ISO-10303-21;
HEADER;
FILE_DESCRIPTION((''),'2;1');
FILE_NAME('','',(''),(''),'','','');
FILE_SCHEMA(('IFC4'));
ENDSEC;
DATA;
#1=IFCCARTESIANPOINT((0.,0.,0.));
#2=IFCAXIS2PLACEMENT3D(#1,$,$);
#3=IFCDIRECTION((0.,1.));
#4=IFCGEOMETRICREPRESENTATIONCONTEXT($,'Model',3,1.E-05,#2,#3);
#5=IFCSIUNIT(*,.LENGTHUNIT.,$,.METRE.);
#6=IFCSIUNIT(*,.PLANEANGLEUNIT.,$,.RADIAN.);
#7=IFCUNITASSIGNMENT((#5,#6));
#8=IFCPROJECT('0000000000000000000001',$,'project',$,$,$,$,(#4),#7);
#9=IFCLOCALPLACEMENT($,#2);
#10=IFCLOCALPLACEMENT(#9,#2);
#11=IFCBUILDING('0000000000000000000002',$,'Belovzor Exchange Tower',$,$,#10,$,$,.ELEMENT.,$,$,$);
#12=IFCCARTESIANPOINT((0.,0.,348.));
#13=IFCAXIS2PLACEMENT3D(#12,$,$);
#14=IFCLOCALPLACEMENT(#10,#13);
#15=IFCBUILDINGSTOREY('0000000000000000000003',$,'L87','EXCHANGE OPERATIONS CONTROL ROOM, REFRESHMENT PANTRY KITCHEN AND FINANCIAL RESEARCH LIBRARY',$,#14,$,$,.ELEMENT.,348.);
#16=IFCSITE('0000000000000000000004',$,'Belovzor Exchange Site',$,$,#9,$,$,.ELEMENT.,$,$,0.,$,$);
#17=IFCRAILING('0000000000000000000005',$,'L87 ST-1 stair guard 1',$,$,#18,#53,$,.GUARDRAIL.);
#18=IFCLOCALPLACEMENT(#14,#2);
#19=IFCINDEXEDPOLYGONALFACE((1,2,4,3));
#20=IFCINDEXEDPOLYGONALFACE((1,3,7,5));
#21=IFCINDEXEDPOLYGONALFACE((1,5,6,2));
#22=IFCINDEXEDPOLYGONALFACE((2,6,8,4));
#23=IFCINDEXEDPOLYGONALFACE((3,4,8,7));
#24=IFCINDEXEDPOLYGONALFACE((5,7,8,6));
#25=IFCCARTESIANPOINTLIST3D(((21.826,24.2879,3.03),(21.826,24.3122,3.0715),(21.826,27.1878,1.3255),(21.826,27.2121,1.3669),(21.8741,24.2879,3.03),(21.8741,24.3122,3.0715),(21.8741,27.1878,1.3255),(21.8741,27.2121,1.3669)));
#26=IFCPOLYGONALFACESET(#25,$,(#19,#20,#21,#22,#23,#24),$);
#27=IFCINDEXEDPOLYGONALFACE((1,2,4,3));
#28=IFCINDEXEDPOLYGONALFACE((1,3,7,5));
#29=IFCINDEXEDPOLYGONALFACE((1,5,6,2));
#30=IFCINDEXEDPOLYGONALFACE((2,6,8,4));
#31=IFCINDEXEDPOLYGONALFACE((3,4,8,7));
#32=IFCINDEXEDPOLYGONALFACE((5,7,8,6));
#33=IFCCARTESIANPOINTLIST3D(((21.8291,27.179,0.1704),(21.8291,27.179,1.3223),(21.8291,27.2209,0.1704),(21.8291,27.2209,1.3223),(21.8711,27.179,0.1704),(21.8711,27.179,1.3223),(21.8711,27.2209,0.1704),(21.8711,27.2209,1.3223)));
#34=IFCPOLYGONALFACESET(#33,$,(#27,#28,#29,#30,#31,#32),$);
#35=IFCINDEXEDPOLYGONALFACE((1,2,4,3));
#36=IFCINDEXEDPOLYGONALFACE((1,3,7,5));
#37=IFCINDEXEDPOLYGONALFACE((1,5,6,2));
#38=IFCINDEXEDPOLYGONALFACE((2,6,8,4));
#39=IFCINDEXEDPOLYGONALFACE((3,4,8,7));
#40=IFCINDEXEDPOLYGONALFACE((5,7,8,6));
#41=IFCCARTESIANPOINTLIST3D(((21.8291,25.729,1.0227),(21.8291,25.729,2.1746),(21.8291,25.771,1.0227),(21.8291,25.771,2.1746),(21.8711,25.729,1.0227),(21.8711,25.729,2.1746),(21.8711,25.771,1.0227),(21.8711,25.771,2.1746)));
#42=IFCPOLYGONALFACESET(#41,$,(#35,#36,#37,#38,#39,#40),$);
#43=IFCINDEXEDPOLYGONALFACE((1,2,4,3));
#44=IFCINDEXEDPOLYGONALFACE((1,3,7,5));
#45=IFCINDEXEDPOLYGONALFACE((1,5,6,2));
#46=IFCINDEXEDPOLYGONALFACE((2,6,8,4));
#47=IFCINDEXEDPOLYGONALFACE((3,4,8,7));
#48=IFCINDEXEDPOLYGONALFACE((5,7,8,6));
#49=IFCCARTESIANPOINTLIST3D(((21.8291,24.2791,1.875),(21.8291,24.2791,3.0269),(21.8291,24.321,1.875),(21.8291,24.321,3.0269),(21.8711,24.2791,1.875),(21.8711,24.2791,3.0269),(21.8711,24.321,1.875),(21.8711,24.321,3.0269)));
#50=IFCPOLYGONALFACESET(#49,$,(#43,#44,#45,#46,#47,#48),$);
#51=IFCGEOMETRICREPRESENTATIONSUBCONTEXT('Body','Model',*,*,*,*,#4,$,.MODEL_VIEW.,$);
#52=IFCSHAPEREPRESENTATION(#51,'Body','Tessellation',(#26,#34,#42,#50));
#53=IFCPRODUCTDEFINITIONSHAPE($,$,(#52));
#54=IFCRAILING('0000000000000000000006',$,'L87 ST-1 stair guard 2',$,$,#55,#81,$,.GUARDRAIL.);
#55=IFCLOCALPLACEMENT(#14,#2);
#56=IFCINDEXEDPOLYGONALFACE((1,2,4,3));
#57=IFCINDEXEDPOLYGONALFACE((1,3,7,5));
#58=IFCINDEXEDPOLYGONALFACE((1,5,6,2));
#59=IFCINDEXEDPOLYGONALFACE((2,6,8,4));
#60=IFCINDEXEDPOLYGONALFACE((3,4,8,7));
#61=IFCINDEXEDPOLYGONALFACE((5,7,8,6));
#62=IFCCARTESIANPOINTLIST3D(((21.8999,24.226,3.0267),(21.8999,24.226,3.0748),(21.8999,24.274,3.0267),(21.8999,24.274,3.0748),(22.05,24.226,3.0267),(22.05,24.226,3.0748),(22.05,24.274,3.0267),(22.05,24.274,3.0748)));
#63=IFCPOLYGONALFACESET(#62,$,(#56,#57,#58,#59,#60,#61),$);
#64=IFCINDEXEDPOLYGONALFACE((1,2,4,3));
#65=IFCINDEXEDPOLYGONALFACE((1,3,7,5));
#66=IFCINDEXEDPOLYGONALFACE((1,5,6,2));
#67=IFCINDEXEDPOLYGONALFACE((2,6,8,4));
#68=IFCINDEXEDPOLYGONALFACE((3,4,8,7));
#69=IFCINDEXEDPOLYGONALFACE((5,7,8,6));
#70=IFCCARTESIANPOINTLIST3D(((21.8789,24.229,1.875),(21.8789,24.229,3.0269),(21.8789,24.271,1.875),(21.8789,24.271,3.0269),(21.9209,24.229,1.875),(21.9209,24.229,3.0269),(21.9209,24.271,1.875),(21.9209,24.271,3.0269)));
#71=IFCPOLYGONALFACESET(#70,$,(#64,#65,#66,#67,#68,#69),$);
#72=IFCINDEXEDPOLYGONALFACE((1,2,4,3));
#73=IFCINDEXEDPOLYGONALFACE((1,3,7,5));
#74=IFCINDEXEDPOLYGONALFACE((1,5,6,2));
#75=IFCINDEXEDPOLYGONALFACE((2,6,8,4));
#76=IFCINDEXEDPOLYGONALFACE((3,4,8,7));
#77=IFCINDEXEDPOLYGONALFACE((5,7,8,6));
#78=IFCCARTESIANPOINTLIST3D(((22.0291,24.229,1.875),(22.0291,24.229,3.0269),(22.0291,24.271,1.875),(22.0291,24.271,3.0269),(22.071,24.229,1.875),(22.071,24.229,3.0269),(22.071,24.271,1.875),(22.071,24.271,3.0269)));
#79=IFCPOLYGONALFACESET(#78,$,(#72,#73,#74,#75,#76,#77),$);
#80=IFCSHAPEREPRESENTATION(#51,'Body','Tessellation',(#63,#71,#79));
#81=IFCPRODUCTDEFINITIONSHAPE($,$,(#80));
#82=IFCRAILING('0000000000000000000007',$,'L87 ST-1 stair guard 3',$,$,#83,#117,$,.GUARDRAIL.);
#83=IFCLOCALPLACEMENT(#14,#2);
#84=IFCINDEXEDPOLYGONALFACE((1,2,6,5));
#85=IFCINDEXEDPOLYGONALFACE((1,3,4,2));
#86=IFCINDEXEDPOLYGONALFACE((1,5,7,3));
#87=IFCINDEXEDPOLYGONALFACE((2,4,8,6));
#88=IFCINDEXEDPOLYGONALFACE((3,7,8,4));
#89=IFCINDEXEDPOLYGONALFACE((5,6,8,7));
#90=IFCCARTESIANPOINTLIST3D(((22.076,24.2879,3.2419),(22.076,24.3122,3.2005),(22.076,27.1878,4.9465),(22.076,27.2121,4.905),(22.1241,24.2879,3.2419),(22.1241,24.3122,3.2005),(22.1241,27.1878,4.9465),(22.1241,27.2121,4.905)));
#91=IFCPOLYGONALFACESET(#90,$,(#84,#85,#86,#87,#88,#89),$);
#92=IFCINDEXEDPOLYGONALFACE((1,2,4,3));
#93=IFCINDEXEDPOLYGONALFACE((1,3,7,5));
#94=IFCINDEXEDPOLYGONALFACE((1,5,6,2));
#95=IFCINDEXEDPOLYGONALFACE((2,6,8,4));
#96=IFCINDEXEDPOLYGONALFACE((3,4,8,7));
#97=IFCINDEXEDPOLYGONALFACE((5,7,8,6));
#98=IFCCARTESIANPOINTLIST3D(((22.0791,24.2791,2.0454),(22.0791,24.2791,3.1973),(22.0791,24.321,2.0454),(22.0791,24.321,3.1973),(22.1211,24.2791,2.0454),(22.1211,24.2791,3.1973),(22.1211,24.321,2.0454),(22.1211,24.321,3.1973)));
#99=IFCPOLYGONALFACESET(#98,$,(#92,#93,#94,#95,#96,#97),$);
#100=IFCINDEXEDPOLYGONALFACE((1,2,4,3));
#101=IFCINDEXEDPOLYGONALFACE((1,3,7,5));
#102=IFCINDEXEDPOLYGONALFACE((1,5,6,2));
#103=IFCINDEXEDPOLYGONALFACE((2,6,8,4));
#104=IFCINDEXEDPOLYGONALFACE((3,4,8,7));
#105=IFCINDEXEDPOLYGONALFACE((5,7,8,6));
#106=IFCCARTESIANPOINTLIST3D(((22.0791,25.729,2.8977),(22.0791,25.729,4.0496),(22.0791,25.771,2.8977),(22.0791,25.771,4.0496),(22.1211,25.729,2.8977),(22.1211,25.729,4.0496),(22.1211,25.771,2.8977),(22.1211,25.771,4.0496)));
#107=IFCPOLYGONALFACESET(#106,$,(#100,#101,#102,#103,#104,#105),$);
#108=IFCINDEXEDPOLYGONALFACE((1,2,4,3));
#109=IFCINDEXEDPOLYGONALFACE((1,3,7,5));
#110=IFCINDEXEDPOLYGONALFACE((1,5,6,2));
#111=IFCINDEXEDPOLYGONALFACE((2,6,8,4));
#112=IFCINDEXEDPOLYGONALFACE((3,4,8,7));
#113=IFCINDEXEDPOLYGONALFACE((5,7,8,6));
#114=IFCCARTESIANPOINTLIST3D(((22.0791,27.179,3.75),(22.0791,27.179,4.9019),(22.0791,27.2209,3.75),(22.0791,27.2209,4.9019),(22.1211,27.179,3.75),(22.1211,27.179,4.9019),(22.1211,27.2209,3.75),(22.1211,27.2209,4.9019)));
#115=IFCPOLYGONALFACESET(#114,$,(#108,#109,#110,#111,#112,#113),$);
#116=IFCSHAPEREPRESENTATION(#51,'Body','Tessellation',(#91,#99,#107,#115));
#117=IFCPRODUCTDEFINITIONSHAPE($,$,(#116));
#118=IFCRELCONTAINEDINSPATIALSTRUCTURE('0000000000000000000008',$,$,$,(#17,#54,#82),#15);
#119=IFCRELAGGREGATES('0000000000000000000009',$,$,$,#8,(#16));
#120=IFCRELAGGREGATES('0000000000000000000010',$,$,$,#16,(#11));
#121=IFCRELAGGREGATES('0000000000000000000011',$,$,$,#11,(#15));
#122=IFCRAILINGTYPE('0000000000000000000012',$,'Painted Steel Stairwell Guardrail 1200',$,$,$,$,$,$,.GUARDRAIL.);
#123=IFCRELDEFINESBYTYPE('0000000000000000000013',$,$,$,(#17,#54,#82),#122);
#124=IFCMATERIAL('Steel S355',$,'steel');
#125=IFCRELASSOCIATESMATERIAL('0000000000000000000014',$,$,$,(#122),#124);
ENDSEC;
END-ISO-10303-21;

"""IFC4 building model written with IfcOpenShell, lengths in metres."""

from ifc_helpers import new_model, si_unit, direction, frame, origin, origin_2d, place, context, subcontext, project, spatial, rectangle, extrude, material, type_object, element, save


model = new_model("IFC4")

# Units and contexts
model_context = context("Model", 3, precision=1e-05, world=origin(), true_north=direction((0.0, 1.0)))
body_context = subcontext(model_context, "Body", "Model", "MODEL_VIEW")
ifc_project = project(units=[si_unit("LENGTHUNIT", "METRE"), si_unit("PLANEANGLEUNIT", "RADIAN")], contexts=[model_context])

# Site, building, storey
site_placement = place(None, origin())
site = spatial("IfcSite", under=ifc_project, at=site_placement, Name="Belovzor Exchange Site", CompositionType="ELEMENT", RefElevation=0.0)
building_placement = place(site_placement, origin())
building = spatial("IfcBuilding", under=site, at=building_placement, Name="Belovzor Exchange Tower", CompositionType="ELEMENT")
storey_placement = place(building_placement, frame((0.0, 0.0, 348.0)))
storey = spatial("IfcBuildingStorey", under=building, at=storey_placement, Name="L87", Description="EXCHANGE OPERATIONS CONTROL ROOM, REFRESHMENT PANTRY KITCHEN AND FINANCIAL RESEARCH LIBRARY", CompositionType="ELEMENT", Elevation=348.0)

# Railings
ifc_material_1 = material(Name="Steel S355", Category="steel")
railing_type_1 = type_object("IfcRailingType", Name="Painted Steel Stairwell Guardrail 1200", PredefinedType="GUARDRAIL", material=ifc_material_1)
railing_1_placement = place(storey_placement, frame((21.8501, 27.2, 0.1704)))
element("IfcRailing", 1, at=railing_1_placement, inside=storey, type_object=railing_type_1, Name="L87 ST-1 stair guard 1", PredefinedType="GUARDRAIL", context=body_context, shape_type="SweptSolid", body=[
    extrude(rectangle(XDim=0.0481, YDim=0.0481, at=origin_2d()), frame((0.0, 0.0, 1.1758), z_axis=(0.0, -0.862095, 0.506747), x_axis=(1.0, 0.0, 0.0)), (0.0, 0.0, 1.0), 3.3638),
    extrude(rectangle(XDim=0.042, YDim=0.042, at=origin_2d()), origin(), (0.0, 0.0, 1.0), 1.1519),
    extrude(rectangle(XDim=0.042, YDim=0.042, at=origin_2d()), frame((0.0, -1.45, 0.8523)), (0.0, 0.0, 1.0), 1.1519),
    extrude(rectangle(XDim=0.042, YDim=0.042, at=origin_2d()), frame((0.0, -2.8999, 1.7046)), (0.0, 0.0, 1.0), 1.1519),
])
railing_2_placement = place(storey_placement, frame((21.8999, 24.25, 1.875)))
element("IfcRailing", 2, at=railing_2_placement, inside=storey, type_object=railing_type_1, Name="L87 ST-1 stair guard 2", PredefinedType="GUARDRAIL", context=body_context, shape_type="SweptSolid", body=[
    extrude(rectangle(XDim=0.0481, YDim=0.0481, at=origin_2d()), frame((0.0, 0.0, 1.1758), z_axis=(1.0, 0.0, 0.0), x_axis=(0.0, 1.0, 0.0)), (0.0, 0.0, 1.0), 0.1501),
    extrude(rectangle(XDim=0.042, YDim=0.042, at=origin_2d()), origin(), (0.0, 0.0, 1.0), 1.1519),
    extrude(rectangle(XDim=0.042, YDim=0.042, at=origin_2d()), frame((0.1501, 0.0, 0.0)), (0.0, 0.0, 1.0), 1.1519),
])
railing_3_placement = place(storey_placement, frame((22.1001, 24.3, 2.0454)))
element("IfcRailing", 3, at=railing_3_placement, inside=storey, type_object=railing_type_1, Name="L87 ST-1 stair guard 3", PredefinedType="GUARDRAIL", context=body_context, shape_type="SweptSolid", body=[
    extrude(rectangle(XDim=0.0481, YDim=0.0481, at=origin_2d()), frame((0.0, 0.0, 1.1758), z_axis=(0.0, 0.862095, 0.506747), x_axis=(-1.0, 0.0, 0.0)), (0.0, 0.0, 1.0), 3.3638),
    extrude(rectangle(XDim=0.042, YDim=0.042, at=origin_2d()), origin(), (0.0, 0.0, 1.0), 1.1519),
    extrude(rectangle(XDim=0.042, YDim=0.042, at=origin_2d()), frame((0.0, 1.45, 0.8523)), (0.0, 0.0, 1.0), 1.1519),
    extrude(rectangle(XDim=0.042, YDim=0.042, at=origin_2d()), frame((0.0, 2.8999, 1.7046)), (0.0, 0.0, 1.0), 1.1519),
])

save(model, "model.ifc")
